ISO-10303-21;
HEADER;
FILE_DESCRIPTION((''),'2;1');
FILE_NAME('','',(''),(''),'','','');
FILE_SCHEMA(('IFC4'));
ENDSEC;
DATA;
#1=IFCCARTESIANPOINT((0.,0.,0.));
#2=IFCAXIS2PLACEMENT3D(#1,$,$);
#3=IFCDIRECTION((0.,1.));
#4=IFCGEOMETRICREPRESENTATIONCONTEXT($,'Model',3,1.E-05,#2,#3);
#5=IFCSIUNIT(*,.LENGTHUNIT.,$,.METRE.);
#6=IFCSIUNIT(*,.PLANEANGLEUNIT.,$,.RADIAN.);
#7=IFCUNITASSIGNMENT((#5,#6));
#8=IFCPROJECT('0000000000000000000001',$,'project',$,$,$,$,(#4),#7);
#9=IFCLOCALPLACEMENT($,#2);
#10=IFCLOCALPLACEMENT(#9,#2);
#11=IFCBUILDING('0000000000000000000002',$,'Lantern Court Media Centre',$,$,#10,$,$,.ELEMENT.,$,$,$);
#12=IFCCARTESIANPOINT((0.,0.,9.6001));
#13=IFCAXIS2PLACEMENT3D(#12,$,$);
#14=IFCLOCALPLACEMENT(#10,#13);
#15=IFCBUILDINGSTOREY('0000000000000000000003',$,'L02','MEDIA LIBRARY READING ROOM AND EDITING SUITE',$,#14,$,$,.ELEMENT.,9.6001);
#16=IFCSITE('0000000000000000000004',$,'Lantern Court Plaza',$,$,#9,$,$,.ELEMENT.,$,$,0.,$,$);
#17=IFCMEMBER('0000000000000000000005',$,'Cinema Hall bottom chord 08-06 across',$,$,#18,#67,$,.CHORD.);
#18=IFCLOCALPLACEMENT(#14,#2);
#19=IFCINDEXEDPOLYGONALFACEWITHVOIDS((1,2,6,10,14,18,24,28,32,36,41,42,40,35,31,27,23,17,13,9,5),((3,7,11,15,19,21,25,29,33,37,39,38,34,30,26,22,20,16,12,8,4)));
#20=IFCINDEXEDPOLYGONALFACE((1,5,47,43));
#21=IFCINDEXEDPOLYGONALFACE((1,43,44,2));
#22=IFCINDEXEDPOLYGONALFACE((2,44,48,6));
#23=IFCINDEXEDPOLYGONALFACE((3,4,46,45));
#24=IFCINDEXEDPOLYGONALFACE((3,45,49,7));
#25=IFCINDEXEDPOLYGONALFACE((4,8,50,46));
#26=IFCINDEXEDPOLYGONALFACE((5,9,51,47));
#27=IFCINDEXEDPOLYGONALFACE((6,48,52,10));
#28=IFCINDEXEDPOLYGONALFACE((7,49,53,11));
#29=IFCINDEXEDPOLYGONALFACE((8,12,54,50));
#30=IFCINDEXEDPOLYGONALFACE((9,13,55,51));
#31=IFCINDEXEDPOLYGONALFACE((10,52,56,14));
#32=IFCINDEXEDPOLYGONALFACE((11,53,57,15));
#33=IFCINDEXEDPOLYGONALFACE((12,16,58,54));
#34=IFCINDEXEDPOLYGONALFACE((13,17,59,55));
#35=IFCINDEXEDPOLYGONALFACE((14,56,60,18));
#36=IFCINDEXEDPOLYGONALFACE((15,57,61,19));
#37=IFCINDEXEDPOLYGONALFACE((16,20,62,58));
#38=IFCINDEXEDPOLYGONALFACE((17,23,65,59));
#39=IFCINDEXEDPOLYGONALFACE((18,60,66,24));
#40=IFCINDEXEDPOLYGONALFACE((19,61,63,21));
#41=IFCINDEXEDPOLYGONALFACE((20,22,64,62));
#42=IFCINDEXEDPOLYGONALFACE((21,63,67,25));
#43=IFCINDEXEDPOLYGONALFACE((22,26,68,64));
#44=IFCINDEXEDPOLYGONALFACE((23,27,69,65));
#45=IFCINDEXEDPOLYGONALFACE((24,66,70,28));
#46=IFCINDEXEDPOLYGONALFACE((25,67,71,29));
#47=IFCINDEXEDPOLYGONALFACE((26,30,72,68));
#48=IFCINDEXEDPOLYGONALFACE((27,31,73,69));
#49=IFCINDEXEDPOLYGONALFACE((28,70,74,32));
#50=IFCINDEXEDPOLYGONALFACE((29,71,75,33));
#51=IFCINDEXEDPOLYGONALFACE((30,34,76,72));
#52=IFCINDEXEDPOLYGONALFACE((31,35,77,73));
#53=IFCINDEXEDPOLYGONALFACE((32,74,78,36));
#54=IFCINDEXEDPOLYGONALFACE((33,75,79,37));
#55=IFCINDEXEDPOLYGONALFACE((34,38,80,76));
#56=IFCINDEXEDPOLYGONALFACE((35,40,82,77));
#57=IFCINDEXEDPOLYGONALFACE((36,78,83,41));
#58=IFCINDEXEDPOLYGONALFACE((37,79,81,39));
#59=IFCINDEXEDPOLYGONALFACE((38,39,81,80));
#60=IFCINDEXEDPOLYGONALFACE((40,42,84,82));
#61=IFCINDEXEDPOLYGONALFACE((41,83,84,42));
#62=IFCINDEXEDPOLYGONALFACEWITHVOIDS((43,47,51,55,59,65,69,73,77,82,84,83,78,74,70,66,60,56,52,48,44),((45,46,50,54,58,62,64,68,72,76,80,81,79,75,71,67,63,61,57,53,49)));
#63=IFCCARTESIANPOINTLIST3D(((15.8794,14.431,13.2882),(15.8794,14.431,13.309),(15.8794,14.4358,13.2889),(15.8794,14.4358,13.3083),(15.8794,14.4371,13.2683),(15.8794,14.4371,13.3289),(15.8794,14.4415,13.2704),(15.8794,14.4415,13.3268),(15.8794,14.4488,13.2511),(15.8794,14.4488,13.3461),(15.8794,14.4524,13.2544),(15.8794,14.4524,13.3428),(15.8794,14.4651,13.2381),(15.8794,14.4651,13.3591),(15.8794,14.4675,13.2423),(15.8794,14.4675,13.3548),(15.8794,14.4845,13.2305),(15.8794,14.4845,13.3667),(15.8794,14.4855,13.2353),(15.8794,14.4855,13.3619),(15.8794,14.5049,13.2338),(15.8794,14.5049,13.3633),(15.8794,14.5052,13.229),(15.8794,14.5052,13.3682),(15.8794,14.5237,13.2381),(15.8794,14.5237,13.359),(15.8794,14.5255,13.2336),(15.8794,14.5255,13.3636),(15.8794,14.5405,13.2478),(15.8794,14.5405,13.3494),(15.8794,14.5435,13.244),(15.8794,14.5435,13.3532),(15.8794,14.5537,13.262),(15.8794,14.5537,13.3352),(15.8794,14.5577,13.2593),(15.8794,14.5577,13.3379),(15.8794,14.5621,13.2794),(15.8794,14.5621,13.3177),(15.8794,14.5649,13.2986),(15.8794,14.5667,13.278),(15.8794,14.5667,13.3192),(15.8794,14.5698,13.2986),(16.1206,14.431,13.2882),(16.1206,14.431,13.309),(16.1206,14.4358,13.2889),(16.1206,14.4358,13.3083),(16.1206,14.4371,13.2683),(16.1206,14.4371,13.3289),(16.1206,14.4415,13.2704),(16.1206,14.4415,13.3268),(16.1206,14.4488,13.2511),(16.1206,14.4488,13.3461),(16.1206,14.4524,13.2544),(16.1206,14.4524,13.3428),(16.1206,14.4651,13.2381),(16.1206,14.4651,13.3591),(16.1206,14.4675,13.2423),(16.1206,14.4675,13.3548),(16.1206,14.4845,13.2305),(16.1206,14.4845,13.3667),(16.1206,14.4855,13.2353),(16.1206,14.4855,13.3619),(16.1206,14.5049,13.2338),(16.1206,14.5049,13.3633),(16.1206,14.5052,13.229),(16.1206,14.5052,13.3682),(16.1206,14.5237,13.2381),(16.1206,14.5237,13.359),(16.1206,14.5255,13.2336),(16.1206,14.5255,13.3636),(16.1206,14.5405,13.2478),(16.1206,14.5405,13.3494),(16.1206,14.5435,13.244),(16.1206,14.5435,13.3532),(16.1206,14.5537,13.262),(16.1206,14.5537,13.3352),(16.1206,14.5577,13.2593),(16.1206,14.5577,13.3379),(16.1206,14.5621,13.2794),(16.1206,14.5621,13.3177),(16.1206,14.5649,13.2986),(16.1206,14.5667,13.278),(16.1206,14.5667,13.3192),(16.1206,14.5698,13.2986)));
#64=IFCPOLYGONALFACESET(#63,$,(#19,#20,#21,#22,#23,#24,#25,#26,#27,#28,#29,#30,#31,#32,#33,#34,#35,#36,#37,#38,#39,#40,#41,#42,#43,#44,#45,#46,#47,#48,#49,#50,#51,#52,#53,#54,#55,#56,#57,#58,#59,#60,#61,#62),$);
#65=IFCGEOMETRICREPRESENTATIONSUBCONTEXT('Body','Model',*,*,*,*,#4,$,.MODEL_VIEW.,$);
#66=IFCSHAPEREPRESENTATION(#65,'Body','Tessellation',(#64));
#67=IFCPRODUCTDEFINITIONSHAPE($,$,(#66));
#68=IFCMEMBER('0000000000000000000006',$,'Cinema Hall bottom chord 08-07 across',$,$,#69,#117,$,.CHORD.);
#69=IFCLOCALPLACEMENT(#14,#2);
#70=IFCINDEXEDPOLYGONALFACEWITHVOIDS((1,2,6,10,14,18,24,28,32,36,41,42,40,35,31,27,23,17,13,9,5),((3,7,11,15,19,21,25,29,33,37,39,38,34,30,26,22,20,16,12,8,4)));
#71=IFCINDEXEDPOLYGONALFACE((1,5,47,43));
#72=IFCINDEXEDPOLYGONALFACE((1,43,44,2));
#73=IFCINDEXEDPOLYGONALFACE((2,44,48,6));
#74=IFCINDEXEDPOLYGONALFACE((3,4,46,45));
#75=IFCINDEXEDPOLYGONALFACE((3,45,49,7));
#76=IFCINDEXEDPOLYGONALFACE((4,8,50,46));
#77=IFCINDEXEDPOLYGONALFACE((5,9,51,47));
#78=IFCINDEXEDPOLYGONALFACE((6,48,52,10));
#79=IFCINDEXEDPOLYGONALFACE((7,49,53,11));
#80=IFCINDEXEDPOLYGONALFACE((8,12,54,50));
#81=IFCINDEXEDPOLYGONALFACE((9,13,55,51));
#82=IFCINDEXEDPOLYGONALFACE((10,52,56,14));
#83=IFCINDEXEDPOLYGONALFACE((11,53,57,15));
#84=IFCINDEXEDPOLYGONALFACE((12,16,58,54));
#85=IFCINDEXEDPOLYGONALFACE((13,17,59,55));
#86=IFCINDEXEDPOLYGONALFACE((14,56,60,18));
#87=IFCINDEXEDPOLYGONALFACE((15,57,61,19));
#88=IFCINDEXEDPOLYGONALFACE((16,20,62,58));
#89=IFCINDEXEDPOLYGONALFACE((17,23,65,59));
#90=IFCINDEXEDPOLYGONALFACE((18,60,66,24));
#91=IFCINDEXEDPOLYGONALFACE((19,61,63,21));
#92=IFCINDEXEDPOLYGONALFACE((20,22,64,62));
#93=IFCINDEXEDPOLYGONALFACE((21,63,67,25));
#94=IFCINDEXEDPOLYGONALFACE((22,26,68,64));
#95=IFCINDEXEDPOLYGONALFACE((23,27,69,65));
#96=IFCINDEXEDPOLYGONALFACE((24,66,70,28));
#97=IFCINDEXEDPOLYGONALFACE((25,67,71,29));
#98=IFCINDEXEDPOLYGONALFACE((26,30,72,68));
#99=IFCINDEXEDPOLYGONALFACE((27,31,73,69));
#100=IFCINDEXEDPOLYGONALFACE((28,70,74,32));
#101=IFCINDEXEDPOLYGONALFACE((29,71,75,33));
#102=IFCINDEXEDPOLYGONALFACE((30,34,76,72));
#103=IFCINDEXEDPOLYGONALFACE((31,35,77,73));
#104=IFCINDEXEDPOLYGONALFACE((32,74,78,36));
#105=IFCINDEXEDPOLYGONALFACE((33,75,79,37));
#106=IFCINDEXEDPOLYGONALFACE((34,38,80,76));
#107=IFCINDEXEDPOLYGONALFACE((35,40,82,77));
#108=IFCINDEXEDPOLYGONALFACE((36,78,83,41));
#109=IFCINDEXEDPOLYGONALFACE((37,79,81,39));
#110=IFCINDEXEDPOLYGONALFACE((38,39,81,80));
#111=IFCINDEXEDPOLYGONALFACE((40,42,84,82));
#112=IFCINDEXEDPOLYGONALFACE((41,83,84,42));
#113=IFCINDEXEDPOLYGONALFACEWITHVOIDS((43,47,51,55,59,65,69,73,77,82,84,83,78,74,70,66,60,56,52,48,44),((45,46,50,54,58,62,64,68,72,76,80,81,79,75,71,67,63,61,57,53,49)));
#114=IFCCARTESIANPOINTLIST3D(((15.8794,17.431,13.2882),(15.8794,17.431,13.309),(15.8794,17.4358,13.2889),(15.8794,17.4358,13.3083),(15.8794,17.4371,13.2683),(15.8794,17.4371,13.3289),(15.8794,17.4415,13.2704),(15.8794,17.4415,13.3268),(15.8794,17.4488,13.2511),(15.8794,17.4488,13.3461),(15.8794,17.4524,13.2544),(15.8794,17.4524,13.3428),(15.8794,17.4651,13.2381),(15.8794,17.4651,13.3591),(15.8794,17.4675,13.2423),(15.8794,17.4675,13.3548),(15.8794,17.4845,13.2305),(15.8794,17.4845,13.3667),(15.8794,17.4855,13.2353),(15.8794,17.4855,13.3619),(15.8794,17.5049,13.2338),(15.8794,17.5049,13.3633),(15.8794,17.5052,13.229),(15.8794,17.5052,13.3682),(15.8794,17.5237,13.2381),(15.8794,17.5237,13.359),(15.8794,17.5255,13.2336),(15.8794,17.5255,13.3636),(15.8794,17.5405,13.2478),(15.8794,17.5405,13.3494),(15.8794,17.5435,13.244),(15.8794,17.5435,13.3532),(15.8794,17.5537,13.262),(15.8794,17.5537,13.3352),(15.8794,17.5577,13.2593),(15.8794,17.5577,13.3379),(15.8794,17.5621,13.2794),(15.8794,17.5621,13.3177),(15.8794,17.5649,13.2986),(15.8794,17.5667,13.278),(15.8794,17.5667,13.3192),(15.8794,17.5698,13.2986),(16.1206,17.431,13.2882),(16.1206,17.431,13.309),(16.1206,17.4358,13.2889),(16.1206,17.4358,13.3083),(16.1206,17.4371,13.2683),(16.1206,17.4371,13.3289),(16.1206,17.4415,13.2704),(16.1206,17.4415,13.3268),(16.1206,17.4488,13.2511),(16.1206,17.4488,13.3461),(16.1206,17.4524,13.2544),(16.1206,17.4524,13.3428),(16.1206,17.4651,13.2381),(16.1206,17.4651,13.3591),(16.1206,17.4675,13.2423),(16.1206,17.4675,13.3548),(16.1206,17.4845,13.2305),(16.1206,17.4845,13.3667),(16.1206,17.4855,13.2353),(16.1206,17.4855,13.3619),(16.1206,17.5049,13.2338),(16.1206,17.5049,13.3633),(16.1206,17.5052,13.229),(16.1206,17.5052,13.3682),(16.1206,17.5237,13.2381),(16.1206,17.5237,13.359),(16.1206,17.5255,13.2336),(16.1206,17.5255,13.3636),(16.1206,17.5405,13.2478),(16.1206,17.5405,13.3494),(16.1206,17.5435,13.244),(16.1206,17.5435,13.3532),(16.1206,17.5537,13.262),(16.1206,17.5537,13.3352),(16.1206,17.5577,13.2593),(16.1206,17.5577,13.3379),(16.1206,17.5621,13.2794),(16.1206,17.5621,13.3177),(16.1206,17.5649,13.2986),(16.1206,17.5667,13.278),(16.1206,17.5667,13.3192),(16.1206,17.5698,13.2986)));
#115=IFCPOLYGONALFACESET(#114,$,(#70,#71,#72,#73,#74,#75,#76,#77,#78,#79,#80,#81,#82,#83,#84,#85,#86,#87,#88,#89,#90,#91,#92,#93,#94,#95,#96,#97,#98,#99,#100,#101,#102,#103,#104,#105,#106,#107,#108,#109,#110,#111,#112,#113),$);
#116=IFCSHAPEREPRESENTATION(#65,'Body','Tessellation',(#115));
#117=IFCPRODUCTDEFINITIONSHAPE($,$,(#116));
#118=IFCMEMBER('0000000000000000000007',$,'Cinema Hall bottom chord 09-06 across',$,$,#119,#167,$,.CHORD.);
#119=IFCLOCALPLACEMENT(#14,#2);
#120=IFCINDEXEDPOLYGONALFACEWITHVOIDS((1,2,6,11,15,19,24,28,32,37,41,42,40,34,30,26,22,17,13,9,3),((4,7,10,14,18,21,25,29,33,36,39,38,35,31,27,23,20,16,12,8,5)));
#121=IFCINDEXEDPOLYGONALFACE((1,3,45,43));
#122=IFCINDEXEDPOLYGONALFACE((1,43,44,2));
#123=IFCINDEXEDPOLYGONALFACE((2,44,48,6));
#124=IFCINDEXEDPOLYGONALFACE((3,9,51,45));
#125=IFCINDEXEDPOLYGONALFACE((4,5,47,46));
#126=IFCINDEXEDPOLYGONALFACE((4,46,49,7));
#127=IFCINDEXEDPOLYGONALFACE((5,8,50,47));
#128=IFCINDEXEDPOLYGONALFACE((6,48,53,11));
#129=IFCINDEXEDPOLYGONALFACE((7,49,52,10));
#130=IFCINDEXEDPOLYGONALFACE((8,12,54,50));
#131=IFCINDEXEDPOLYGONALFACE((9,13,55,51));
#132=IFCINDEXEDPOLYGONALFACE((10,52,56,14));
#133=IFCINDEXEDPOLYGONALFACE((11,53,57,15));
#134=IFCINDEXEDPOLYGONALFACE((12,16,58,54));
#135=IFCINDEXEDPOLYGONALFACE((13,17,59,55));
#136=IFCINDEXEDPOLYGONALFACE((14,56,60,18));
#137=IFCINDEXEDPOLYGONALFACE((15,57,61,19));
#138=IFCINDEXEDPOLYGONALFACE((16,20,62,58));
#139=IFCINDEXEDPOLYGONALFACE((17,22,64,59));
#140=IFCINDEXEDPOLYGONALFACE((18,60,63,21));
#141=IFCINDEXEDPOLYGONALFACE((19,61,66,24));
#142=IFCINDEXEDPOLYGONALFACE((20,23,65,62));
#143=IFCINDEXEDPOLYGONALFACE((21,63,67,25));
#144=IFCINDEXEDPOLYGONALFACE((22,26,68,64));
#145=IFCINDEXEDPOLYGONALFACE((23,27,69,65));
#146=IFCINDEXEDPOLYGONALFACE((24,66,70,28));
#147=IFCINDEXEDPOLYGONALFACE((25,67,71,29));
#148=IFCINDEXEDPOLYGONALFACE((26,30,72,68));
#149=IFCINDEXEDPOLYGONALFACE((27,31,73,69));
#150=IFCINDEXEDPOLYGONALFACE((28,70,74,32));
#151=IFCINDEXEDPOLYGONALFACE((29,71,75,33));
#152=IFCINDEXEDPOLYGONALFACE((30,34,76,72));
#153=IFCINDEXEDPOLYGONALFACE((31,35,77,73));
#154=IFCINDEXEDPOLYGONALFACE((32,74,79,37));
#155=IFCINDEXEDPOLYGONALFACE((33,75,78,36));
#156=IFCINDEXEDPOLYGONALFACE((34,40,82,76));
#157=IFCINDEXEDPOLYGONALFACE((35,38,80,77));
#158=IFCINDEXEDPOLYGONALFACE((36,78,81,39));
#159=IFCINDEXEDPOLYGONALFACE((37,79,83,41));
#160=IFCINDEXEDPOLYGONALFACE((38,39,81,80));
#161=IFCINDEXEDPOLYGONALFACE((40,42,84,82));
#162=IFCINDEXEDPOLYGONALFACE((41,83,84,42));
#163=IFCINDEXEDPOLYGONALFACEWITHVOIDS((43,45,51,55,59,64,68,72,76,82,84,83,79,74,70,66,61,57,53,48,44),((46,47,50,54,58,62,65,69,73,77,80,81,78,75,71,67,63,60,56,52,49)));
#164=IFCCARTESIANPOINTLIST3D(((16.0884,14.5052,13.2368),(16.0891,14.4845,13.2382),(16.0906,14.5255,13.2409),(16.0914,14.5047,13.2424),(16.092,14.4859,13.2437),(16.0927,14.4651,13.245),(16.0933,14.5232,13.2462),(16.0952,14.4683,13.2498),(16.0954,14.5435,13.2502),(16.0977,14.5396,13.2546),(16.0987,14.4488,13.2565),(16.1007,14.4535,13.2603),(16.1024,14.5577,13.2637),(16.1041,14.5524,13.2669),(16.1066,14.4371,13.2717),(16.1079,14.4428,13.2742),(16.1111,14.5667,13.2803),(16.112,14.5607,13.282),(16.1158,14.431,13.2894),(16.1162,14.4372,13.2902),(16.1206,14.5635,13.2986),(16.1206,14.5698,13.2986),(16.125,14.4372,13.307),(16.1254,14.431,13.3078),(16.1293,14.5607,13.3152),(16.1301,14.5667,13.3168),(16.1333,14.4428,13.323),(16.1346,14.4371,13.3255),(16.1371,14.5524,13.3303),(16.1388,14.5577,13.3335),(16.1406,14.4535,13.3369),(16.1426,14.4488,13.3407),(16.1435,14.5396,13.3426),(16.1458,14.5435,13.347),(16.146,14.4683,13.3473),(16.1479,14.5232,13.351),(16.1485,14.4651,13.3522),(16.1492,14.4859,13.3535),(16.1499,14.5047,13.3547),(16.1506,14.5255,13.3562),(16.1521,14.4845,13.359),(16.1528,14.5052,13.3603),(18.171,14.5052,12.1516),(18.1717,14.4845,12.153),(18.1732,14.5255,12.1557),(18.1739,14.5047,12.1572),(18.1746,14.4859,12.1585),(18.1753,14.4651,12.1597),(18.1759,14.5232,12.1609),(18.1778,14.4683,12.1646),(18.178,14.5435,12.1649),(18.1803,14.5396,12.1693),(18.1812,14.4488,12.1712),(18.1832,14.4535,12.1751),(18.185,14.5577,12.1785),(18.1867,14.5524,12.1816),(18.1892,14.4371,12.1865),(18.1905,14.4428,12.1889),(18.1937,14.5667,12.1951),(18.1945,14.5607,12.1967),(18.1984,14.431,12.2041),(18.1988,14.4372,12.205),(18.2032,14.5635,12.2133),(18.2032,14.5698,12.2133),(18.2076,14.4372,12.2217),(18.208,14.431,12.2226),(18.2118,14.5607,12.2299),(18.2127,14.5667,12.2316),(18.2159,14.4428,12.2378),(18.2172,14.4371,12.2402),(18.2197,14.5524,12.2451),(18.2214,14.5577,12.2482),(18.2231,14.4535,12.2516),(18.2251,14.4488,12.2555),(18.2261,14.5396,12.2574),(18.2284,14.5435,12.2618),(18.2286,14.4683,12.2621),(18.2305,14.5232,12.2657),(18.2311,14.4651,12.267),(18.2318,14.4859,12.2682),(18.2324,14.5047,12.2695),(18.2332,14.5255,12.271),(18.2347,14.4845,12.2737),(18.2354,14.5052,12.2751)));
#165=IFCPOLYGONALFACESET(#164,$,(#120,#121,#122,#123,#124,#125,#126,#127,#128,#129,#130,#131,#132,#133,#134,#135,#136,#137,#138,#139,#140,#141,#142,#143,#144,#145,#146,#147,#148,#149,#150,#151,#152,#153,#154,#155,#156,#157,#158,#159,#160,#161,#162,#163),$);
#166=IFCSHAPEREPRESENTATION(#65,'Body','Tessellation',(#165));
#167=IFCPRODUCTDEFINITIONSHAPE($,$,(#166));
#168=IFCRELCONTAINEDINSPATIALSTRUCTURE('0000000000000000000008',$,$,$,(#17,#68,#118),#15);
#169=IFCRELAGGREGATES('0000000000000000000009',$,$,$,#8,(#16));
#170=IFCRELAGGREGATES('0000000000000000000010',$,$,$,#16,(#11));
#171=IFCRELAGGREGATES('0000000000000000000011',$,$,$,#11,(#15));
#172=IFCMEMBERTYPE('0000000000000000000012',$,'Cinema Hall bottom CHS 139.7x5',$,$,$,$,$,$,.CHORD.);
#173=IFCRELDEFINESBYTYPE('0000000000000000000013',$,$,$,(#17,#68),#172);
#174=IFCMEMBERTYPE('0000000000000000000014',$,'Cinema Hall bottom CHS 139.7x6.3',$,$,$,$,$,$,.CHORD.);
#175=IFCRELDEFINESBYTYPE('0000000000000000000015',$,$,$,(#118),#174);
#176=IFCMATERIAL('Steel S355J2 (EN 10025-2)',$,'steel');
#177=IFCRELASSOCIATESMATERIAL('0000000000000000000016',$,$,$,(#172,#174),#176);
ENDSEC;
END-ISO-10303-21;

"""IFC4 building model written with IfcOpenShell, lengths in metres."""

from ifc_helpers import new_model, si_unit, direction, frame, origin, origin_2d, place, context, subcontext, project, spatial, hollow_circle, extrude, material, material_profile, profile_set, type_object, element, save


model = new_model("IFC4")

# Units and contexts
model_context = context("Model", 3, precision=1e-05, world=origin(), true_north=direction((0.0, 1.0)))
body_context = subcontext(model_context, "Body", "Model", "MODEL_VIEW")
ifc_project = project(units=[si_unit("LENGTHUNIT", "METRE"), si_unit("PLANEANGLEUNIT", "RADIAN")], contexts=[model_context])

# Site, building, storey
site_placement = place(None, origin())
site = spatial("IfcSite", under=ifc_project, at=site_placement, Name="Lantern Court Plaza", CompositionType="ELEMENT", RefElevation=0.0)
building_placement = place(site_placement, origin())
building = spatial("IfcBuilding", under=site, at=building_placement, Name="Lantern Court Media Centre", CompositionType="ELEMENT")
storey_placement = place(building_placement, frame((0.0, 0.0, 9.6001)))
storey = spatial("IfcBuildingStorey", under=building, at=storey_placement, Name="L02", Description="MEDIA LIBRARY READING ROOM AND EDITING SUITE", CompositionType="ELEMENT", Elevation=9.6001)

# Members
ifc_material = material(Name="Steel S355J2 (EN 10025-2)", Category="steel")
ifc_material_profile_1 = material_profile(ifc_material, hollow_circle(Radius=0.0698, WallThickness=0.0049, at=origin_2d()), Name="Cinema Hall bottom CHS 139.7x5")
ifc_profile_set_1 = profile_set([ifc_material_profile_1], Name="Steel S355J2 (EN 10025-2)")
member_type_1 = type_object("IfcMemberType", Name="Cinema Hall bottom CHS 139.7x5", PredefinedType="CHORD", material=ifc_profile_set_1)
for number, where, z_axis, x_axis, name in (
    (1, (15.8794, 14.5, 13.2986), (1.0, 0.0, 0.0), (0.0, 1.0, 0.0), "Cinema Hall bottom chord 08-06 across"),
    (2, (15.8794, 17.5, 13.2986), (1.0, 0.0, 0.0), (0.0, 1.0, 0.0), "Cinema Hall bottom chord 08-07 across"),
):
    element("IfcMember", number, at=place(storey_placement, frame(where, z_axis=z_axis, x_axis=x_axis)), inside=storey, type_object=member_type_1, Name=name, PredefinedType="CHORD", context=body_context, shape_type="SweptSolid", body=[
        extrude(hollow_circle(Radius=0.0698, WallThickness=0.0049, at=origin_2d()), origin(), (0.0, 0.0, 1.0), 0.2412),
    ])
ifc_material_profile_2 = material_profile(ifc_material, hollow_circle(Radius=0.0698, WallThickness=0.0063, at=origin_2d()), Name="Cinema Hall bottom CHS 139.7x6.3")
ifc_profile_set_2 = profile_set([ifc_material_profile_2], Name="Steel S355J2 (EN 10025-2)")
member_type_2 = type_object("IfcMemberType", Name="Cinema Hall bottom CHS 139.7x6.3", PredefinedType="CHORD", material=ifc_profile_set_2)
member_1_placement = place(storey_placement, frame((16.1206, 14.5, 13.2986), z_axis=(0.886816, 0.0, -0.462122), x_axis=(0.0, 1.0, 0.0)))
element("IfcMember", 3, at=member_1_placement, inside=storey, type_object=member_type_2, Name="Cinema Hall bottom chord 09-06 across", PredefinedType="CHORD", context=body_context, shape_type="SweptSolid", body=[
    extrude(hollow_circle(Radius=0.0698, WallThickness=0.0063, at=origin_2d()), origin(), (0.0, 0.0, 1.0), 2.3484),
])

save(model, "model.ifc")
